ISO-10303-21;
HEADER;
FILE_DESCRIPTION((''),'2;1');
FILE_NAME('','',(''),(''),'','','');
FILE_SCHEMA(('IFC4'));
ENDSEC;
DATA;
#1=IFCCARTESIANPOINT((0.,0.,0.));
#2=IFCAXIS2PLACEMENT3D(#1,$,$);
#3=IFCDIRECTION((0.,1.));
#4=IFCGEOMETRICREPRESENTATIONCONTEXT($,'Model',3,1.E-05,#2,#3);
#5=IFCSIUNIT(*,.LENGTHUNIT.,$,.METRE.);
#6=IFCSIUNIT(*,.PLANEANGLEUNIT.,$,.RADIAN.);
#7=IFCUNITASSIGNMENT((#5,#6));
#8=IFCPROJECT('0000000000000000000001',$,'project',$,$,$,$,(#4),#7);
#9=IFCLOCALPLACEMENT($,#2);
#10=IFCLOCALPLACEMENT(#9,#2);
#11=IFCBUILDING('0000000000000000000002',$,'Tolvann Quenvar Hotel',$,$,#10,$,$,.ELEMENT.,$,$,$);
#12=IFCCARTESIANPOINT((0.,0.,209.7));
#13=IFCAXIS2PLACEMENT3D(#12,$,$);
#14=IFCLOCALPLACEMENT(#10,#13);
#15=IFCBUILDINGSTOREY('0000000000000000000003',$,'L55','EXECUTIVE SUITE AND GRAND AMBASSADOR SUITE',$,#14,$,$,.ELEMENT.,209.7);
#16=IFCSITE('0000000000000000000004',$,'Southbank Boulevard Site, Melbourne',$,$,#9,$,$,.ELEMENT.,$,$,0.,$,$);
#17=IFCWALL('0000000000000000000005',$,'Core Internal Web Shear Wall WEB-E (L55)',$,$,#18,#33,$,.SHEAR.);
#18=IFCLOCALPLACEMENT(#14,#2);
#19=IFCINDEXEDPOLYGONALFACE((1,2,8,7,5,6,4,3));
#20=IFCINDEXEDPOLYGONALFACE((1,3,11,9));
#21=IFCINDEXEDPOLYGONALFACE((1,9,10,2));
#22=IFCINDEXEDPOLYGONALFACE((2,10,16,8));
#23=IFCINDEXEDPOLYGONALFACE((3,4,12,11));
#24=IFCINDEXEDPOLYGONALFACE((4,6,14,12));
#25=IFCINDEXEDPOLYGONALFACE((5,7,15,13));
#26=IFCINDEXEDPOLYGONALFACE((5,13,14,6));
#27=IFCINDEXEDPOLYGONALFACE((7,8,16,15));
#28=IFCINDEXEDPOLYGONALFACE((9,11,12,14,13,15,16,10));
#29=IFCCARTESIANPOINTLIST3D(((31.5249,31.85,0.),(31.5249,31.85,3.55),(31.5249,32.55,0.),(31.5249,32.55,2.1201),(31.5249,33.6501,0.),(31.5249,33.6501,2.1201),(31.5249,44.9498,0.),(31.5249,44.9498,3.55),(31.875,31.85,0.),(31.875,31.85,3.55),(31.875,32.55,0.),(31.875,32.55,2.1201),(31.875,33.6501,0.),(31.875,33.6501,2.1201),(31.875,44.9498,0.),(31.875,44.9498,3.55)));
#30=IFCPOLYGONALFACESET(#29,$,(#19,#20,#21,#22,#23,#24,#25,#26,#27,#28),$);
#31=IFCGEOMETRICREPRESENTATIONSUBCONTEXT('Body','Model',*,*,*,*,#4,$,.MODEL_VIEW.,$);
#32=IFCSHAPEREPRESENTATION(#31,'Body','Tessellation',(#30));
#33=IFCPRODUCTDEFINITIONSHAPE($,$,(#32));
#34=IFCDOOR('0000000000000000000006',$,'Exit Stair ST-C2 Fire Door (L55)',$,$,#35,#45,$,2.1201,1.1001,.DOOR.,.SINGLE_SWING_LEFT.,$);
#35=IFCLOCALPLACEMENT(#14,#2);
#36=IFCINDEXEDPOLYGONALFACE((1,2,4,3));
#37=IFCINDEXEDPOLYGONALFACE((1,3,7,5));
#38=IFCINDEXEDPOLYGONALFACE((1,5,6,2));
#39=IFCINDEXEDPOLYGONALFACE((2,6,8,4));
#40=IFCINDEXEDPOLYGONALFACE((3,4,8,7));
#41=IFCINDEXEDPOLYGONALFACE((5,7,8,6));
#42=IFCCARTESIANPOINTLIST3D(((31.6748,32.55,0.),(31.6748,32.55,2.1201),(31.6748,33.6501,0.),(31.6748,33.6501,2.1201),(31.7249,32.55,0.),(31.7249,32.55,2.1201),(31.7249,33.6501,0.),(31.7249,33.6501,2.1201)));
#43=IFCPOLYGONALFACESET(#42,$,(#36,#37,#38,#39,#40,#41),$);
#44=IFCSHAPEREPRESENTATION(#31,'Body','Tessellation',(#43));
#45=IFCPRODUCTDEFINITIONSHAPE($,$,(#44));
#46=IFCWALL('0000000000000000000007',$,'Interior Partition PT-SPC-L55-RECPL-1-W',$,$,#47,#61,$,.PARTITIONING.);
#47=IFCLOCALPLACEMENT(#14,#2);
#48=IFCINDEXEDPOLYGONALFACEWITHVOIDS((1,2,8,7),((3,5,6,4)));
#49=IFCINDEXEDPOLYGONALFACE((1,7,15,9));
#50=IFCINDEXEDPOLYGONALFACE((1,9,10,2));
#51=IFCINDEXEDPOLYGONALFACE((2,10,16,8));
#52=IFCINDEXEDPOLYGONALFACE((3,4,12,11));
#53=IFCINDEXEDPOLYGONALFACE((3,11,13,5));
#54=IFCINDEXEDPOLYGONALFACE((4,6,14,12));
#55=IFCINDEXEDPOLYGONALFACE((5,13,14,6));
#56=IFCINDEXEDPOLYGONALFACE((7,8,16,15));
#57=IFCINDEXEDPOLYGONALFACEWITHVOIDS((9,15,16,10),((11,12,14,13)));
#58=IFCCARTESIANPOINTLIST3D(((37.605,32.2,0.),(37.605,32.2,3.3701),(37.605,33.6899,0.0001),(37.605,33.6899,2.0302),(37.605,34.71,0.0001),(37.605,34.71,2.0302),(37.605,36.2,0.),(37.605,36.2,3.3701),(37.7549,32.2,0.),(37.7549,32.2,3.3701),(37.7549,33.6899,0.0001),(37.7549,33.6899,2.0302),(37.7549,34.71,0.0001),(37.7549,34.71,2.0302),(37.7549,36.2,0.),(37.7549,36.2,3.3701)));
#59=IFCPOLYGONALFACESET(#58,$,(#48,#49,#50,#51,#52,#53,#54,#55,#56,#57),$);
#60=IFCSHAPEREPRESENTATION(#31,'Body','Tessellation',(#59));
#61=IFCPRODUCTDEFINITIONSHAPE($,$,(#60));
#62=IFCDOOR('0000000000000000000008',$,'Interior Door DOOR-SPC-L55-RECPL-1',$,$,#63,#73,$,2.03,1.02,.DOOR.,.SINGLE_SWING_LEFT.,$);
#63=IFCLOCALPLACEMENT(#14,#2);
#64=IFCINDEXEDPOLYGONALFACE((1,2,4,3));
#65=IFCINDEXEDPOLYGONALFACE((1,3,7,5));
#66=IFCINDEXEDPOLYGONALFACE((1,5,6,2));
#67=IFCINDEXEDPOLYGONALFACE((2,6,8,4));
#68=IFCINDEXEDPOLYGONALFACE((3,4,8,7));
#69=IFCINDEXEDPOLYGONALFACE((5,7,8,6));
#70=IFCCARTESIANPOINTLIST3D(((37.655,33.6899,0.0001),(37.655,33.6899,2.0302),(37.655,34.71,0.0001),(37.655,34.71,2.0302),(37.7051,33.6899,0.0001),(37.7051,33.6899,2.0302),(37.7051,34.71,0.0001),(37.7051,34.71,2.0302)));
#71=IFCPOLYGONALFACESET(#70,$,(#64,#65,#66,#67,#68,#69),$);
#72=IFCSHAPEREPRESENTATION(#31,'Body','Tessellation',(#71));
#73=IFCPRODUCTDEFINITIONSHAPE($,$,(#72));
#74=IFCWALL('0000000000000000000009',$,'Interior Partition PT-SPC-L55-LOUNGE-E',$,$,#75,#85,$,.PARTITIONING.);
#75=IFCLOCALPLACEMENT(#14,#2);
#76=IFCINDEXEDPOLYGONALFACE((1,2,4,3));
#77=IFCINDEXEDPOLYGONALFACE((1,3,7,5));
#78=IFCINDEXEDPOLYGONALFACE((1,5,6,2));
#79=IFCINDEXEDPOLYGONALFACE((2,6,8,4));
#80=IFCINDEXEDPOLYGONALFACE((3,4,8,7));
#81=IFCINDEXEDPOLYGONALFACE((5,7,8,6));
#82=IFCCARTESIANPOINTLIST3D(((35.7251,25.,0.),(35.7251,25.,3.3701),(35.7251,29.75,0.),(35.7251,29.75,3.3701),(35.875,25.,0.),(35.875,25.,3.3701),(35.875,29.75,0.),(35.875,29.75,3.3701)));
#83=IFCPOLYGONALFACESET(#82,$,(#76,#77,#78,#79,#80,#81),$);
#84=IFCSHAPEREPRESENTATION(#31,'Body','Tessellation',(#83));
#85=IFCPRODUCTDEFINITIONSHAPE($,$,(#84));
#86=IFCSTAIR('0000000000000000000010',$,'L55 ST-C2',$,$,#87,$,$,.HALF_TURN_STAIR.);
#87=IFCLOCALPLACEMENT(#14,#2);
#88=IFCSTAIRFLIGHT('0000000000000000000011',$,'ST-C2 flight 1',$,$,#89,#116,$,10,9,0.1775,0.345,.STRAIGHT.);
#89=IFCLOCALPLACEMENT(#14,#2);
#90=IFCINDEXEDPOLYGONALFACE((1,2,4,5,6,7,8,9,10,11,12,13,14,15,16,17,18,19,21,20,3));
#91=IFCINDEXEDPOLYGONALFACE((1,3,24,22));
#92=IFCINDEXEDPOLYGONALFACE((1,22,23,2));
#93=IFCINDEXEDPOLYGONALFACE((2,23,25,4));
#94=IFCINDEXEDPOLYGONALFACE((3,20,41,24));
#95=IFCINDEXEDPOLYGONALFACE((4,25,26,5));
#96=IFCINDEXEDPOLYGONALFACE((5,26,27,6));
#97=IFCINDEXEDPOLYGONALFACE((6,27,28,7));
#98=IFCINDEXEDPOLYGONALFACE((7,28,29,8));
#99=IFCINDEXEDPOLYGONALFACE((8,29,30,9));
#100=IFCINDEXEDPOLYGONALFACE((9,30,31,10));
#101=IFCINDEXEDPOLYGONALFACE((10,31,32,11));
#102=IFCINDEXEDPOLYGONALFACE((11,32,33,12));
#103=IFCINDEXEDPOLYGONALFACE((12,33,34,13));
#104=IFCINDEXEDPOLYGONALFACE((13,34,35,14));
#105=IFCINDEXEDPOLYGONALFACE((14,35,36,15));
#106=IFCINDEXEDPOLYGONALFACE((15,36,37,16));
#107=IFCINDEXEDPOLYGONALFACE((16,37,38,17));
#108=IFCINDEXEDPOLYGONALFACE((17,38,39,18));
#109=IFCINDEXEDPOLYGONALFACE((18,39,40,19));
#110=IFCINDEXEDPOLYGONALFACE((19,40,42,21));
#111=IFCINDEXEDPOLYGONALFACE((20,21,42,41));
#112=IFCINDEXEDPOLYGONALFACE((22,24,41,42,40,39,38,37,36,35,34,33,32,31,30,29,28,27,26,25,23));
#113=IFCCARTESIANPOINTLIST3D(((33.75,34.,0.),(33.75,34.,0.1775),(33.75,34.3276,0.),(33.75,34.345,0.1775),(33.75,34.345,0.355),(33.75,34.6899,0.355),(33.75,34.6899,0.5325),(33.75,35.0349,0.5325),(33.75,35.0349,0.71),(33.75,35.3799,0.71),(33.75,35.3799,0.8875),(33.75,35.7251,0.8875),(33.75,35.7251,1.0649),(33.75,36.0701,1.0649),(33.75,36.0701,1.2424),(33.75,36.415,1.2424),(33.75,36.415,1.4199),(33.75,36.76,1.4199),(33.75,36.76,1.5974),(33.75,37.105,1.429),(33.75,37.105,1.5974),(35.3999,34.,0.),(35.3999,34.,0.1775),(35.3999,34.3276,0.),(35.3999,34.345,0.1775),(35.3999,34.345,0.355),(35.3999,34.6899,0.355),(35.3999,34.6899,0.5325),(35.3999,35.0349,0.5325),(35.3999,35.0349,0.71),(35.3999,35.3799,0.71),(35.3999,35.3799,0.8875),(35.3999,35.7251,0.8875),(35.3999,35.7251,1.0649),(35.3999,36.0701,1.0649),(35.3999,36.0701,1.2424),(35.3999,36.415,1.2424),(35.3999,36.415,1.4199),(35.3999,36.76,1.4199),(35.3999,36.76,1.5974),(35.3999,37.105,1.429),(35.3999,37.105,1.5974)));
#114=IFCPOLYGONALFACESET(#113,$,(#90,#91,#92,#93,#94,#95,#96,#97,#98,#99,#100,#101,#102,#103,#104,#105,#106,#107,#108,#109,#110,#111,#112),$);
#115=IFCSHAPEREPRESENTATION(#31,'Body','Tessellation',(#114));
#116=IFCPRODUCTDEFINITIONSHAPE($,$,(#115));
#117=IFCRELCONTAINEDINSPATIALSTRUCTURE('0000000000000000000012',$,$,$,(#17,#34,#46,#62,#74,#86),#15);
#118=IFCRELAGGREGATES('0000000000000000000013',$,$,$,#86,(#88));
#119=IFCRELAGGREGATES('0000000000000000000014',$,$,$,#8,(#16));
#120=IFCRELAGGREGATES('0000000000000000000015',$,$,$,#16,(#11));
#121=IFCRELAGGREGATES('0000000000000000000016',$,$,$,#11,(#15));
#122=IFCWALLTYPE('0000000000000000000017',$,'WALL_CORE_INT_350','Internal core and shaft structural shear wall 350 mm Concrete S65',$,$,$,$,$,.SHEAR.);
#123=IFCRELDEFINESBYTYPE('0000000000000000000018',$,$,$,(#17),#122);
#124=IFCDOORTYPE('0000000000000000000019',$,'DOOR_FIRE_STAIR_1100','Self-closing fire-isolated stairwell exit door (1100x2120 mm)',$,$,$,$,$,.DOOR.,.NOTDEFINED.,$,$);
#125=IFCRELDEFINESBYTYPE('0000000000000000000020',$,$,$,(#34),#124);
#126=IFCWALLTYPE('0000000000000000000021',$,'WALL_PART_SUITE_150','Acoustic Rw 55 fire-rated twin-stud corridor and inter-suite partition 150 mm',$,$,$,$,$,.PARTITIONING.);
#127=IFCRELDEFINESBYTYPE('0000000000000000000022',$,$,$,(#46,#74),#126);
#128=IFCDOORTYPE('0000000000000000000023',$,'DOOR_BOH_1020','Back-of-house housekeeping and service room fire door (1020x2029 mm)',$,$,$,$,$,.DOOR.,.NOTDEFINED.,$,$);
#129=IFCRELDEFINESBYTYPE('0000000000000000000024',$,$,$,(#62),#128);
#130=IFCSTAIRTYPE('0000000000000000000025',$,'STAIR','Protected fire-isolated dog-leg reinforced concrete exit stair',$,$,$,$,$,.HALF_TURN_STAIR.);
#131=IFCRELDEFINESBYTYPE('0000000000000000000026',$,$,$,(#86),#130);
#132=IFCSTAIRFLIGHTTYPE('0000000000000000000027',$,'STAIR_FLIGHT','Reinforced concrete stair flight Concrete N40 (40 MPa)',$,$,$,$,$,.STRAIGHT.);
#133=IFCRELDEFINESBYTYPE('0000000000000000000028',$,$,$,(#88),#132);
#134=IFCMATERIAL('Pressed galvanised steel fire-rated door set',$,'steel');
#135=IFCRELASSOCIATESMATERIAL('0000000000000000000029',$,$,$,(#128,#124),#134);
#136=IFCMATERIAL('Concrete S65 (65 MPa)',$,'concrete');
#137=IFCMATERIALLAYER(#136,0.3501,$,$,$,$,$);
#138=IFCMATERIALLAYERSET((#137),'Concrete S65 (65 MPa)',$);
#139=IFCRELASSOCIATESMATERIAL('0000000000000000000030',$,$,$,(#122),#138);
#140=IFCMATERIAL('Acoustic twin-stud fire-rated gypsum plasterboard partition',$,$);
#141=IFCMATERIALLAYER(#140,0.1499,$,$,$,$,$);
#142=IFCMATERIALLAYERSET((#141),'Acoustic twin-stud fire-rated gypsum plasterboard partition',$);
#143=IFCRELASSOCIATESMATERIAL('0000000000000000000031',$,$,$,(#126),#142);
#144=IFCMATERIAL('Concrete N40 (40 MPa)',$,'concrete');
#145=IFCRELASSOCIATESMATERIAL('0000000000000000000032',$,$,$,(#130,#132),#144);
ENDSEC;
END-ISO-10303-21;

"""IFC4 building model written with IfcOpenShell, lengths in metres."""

from ifc_helpers import new_model, si_unit, direction, frame, frame_2d, origin, place, context, subcontext, project, spatial, polyline, rectangle, outline, extrude, source, transform, mapped, material, layer, layer_set, type_object, type_shapes, element, fill, aggregate, save


model = new_model("IFC4")

# Units and contexts
model_context = context("Model", 3, precision=1e-05, world=origin(), true_north=direction((0.0, 1.0)))
body_context = subcontext(model_context, "Body", "Model", "MODEL_VIEW")
ifc_project = project(units=[si_unit("LENGTHUNIT", "METRE"), si_unit("PLANEANGLEUNIT", "RADIAN")], contexts=[model_context])

# Site, building, storey
site_placement = place(None, origin())
site = spatial("IfcSite", under=ifc_project, at=site_placement, Name="Southbank Boulevard Site, Melbourne", CompositionType="ELEMENT", RefElevation=0.0)
building_placement = place(site_placement, origin())
building = spatial("IfcBuilding", under=site, at=building_placement, Name="Tolvann Quenvar Hotel", CompositionType="ELEMENT")
storey_placement = place(building_placement, frame((0.0, 0.0, 209.7)))
storey = spatial("IfcBuildingStorey", under=building, at=storey_placement, Name="L55", Description="EXECUTIVE SUITE AND GRAND AMBASSADOR SUITE", CompositionType="ELEMENT", Elevation=209.7)

# Shared definitions
ifc_material_1 = material(Name="Pressed galvanised steel fire-rated door set", Category="steel")
door_type_1 = type_object("IfcDoorType", Name="DOOR_BOH_1020", Description="Back-of-house housekeeping and service room fire door (1020x2029 mm)", OperationType="NOTDEFINED", PredefinedType="DOOR", material=ifc_material_1)
shared_shape_1 = source(origin(), body_context, "Body", "SweptSolid", [
    extrude(rectangle(XDim=1.02, YDim=2.03, at=frame_2d((0.51, 1.0151))), frame((0.0, 0.0249, 0.0), z_axis=(0.0, -1.0, 0.0), x_axis=(1.0, 0.0, 0.0)), (0.0, 0.0, 1.0), 0.05),
])
type_shapes(door_type_1, [shared_shape_1])

# Walls, openings, doors
ifc_material_2 = material(Name="Concrete S65 (65 MPa)", Category="concrete")
ifc_layer_1 = layer(ifc_material_2, 0.3501)
ifc_layer_set_1 = layer_set([ifc_layer_1], Name="Concrete S65 (65 MPa)")
wall_type_1 = type_object("IfcWallType", Name="WALL_CORE_INT_350", Description="Internal core and shaft structural shear wall 350 mm Concrete S65", PredefinedType="SHEAR", material=ifc_layer_set_1)
wall_1_placement = place(storey_placement, frame((31.7, 31.8501, 0.0), z_axis=(0.0, 0.0, 1.0), x_axis=(0.0, 1.0, 0.0)))
wall_1 = element("IfcWall", 1, at=wall_1_placement, inside=storey, type_object=wall_type_1, Name="Core Internal Web Shear Wall WEB-E (L55)", PredefinedType="SHEAR", context=body_context, shape_type="SweptSolid", body=[
    extrude(rectangle(XDim=13.0999, YDim=0.3501, at=frame_2d((6.5498, 0.0))), origin(), (0.0, 0.0, 1.0), 3.55),
])
opening_1_placement = place(wall_1_placement, frame((1.8, 0.0, 0.0), z_axis=(0.0, 0.0, 1.0), x_axis=(-1.0, 0.0, 0.0)))
opening_1 = element("IfcOpeningElement", 2, at=opening_1_placement, cuts=wall_1, PredefinedType="OPENING", context=body_context, shape_type="SweptSolid", body=[
    extrude(rectangle(XDim=1.1001, YDim=2.1201, at=frame_2d((0.55, 1.0601))), frame((0.0, 0.1851, 0.0), z_axis=(0.0, -1.0, 0.0), x_axis=(1.0, 0.0, 0.0)), (0.0, 0.0, 1.0), 0.3701),
])
door_type_2 = type_object("IfcDoorType", Name="DOOR_FIRE_STAIR_1100", Description="Self-closing fire-isolated stairwell exit door (1100x2120 mm)", OperationType="NOTDEFINED", PredefinedType="DOOR", material=ifc_material_1)
shared_shape_2 = source(origin(), body_context, "Body", "SweptSolid", [
    extrude(rectangle(XDim=1.1001, YDim=2.1201, at=frame_2d((0.55, 1.0601))), frame((0.0, 0.0249, 0.0), z_axis=(0.0, -1.0, 0.0), x_axis=(1.0, 0.0, 0.0)), (0.0, 0.0, 1.0), 0.05),
])
type_shapes(door_type_2, [shared_shape_2])
door_1_placement = place(opening_1_placement, origin())
door_1 = element("IfcDoor", 3, at=door_1_placement, inside=storey, type_object=door_type_2, Name="Exit Stair ST-C2 Fire Door (L55)", OperationType="SINGLE_SWING_LEFT", OverallHeight=2.1201, OverallWidth=1.1001, PredefinedType="DOOR", context=body_context, shape_type="MappedRepresentation", body=[
    mapped(shared_shape_2, transform((0.0, 0.0, 0.0), x_axis=(1.0, 0.0, 0.0), y_axis=(0.0, 1.0, 0.0), z_axis=(0.0, 0.0, 1.0), scale=1.0)),
])
fill(opening_1, door_1)
ifc_material_3 = material(Name="Acoustic twin-stud fire-rated gypsum plasterboard partition")
ifc_layer_2 = layer(ifc_material_3, 0.1499)
ifc_layer_set_2 = layer_set([ifc_layer_2], Name="Acoustic twin-stud fire-rated gypsum plasterboard partition")
wall_type_2 = type_object("IfcWallType", Name="WALL_PART_SUITE_150", Description="Acoustic Rw 55 fire-rated twin-stud corridor and inter-suite partition 150 mm", PredefinedType="PARTITIONING", material=ifc_layer_set_2)
wall_2_placement = place(storey_placement, frame((37.6799, 32.2, 0.0), z_axis=(0.0, 0.0, 1.0), x_axis=(0.0, 1.0, 0.0)))
wall_2 = element("IfcWall", 4, at=wall_2_placement, inside=storey, type_object=wall_type_2, Name="Interior Partition PT-SPC-L55-RECPL-1-W", PredefinedType="PARTITIONING", context=body_context, shape_type="SweptSolid", body=[
    extrude(rectangle(XDim=4.0, YDim=0.1499, at=frame_2d((2.0, 0.0))), origin(), (0.0, 0.0, 1.0), 3.3701),
])
opening_2_placement = place(wall_2_placement, frame((1.49, 0.0, 0.0)))
opening_2 = element("IfcOpeningElement", 5, at=opening_2_placement, cuts=wall_2, PredefinedType="OPENING", context=body_context, shape_type="SweptSolid", body=[
    extrude(rectangle(XDim=1.02, YDim=2.03, at=frame_2d((0.51, 1.0151))), frame((0.0, 0.085, 0.0), z_axis=(0.0, -1.0, 0.0), x_axis=(1.0, 0.0, 0.0)), (0.0, 0.0, 1.0), 0.1699),
])
door_2_placement = place(opening_2_placement, origin())
door_2 = element("IfcDoor", 6, at=door_2_placement, inside=storey, type_object=door_type_1, Name="Interior Door DOOR-SPC-L55-RECPL-1", OperationType="SINGLE_SWING_LEFT", OverallHeight=2.03, OverallWidth=1.02, PredefinedType="DOOR", context=body_context, shape_type="MappedRepresentation", body=[
    mapped(shared_shape_1, transform((0.0, 0.0, 0.0), x_axis=(1.0, 0.0, 0.0), y_axis=(0.0, 1.0, 0.0), z_axis=(0.0, 0.0, 1.0), scale=1.0)),
])
fill(opening_2, door_2)

# Wall
wall_3_placement = place(storey_placement, frame((35.8, 25.0, 0.0), z_axis=(0.0, 0.0, 1.0), x_axis=(0.0, 1.0, 0.0)))
element("IfcWall", 7, at=wall_3_placement, inside=storey, type_object=wall_type_2, Name="Interior Partition PT-SPC-L55-LOUNGE-E", PredefinedType="PARTITIONING", context=body_context, shape_type="SweptSolid", body=[
    extrude(rectangle(XDim=4.75, YDim=0.1499, at=frame_2d((2.375, 0.0))), origin(), (0.0, 0.0, 1.0), 3.3701),
])

# Stair, stair flight
ifc_material_4 = material(Name="Concrete N40 (40 MPa)", Category="concrete")
stair_type = type_object("IfcStairType", Name="STAIR", Description="Protected fire-isolated dog-leg reinforced concrete exit stair", PredefinedType="HALF_TURN_STAIR", material=ifc_material_4)
stair_placement = place(storey_placement, origin())
stair = element("IfcStair", 8, at=stair_placement, inside=storey, type_object=stair_type, Name="L55 ST-C2", PredefinedType="HALF_TURN_STAIR")
stair_flight_type = type_object("IfcStairFlightType", Name="STAIR_FLIGHT", Description="Reinforced concrete stair flight Concrete N40 (40 MPa)", PredefinedType="STRAIGHT", material=ifc_material_4)
stair_flight_placement = place(storey_placement, frame((34.575, 34.0, 0.0), z_axis=(0.0, 0.0, 1.0), x_axis=(0.0, 1.0, 0.0)))
stair_flight = element("IfcStairFlight", 9, at=stair_flight_placement, type_object=stair_flight_type, Name="ST-C2 flight 1", NumberOfRisers=10, NumberOfTreads=9, PredefinedType="STRAIGHT", RiserHeight=0.1775, TreadLength=0.345, context=body_context, shape_type="SweptSolid", body=[
    extrude(outline(polyline([(0.0, 0.0), (0.0, 0.1775), (0.345, 0.1775), (0.345, 0.355), (0.6899, 0.355), (0.6899, 0.5325), (1.0349, 0.5325), (1.0349, 0.71), (1.3799, 0.71), (1.3799, 0.8875), (1.7251, 0.8875), (1.7251, 1.0649), (2.0701, 1.0649), (2.0701, 1.2424), (2.415, 1.2424), (2.415, 1.4199), (2.76, 1.4199), (2.76, 1.5974), (3.105, 1.5974), (3.105, 1.7749), (3.105, 1.429), (0.3276, 0.0), (0.0, 0.0)])), frame((0.0, 0.825, 0.0), z_axis=(0.0, -1.0, 0.0), x_axis=(1.0, 0.0, 0.0)), (0.0, 0.0, 1.0), 1.6499),
])
aggregate(stair, [stair_flight])

save(model, "model.ifc")
